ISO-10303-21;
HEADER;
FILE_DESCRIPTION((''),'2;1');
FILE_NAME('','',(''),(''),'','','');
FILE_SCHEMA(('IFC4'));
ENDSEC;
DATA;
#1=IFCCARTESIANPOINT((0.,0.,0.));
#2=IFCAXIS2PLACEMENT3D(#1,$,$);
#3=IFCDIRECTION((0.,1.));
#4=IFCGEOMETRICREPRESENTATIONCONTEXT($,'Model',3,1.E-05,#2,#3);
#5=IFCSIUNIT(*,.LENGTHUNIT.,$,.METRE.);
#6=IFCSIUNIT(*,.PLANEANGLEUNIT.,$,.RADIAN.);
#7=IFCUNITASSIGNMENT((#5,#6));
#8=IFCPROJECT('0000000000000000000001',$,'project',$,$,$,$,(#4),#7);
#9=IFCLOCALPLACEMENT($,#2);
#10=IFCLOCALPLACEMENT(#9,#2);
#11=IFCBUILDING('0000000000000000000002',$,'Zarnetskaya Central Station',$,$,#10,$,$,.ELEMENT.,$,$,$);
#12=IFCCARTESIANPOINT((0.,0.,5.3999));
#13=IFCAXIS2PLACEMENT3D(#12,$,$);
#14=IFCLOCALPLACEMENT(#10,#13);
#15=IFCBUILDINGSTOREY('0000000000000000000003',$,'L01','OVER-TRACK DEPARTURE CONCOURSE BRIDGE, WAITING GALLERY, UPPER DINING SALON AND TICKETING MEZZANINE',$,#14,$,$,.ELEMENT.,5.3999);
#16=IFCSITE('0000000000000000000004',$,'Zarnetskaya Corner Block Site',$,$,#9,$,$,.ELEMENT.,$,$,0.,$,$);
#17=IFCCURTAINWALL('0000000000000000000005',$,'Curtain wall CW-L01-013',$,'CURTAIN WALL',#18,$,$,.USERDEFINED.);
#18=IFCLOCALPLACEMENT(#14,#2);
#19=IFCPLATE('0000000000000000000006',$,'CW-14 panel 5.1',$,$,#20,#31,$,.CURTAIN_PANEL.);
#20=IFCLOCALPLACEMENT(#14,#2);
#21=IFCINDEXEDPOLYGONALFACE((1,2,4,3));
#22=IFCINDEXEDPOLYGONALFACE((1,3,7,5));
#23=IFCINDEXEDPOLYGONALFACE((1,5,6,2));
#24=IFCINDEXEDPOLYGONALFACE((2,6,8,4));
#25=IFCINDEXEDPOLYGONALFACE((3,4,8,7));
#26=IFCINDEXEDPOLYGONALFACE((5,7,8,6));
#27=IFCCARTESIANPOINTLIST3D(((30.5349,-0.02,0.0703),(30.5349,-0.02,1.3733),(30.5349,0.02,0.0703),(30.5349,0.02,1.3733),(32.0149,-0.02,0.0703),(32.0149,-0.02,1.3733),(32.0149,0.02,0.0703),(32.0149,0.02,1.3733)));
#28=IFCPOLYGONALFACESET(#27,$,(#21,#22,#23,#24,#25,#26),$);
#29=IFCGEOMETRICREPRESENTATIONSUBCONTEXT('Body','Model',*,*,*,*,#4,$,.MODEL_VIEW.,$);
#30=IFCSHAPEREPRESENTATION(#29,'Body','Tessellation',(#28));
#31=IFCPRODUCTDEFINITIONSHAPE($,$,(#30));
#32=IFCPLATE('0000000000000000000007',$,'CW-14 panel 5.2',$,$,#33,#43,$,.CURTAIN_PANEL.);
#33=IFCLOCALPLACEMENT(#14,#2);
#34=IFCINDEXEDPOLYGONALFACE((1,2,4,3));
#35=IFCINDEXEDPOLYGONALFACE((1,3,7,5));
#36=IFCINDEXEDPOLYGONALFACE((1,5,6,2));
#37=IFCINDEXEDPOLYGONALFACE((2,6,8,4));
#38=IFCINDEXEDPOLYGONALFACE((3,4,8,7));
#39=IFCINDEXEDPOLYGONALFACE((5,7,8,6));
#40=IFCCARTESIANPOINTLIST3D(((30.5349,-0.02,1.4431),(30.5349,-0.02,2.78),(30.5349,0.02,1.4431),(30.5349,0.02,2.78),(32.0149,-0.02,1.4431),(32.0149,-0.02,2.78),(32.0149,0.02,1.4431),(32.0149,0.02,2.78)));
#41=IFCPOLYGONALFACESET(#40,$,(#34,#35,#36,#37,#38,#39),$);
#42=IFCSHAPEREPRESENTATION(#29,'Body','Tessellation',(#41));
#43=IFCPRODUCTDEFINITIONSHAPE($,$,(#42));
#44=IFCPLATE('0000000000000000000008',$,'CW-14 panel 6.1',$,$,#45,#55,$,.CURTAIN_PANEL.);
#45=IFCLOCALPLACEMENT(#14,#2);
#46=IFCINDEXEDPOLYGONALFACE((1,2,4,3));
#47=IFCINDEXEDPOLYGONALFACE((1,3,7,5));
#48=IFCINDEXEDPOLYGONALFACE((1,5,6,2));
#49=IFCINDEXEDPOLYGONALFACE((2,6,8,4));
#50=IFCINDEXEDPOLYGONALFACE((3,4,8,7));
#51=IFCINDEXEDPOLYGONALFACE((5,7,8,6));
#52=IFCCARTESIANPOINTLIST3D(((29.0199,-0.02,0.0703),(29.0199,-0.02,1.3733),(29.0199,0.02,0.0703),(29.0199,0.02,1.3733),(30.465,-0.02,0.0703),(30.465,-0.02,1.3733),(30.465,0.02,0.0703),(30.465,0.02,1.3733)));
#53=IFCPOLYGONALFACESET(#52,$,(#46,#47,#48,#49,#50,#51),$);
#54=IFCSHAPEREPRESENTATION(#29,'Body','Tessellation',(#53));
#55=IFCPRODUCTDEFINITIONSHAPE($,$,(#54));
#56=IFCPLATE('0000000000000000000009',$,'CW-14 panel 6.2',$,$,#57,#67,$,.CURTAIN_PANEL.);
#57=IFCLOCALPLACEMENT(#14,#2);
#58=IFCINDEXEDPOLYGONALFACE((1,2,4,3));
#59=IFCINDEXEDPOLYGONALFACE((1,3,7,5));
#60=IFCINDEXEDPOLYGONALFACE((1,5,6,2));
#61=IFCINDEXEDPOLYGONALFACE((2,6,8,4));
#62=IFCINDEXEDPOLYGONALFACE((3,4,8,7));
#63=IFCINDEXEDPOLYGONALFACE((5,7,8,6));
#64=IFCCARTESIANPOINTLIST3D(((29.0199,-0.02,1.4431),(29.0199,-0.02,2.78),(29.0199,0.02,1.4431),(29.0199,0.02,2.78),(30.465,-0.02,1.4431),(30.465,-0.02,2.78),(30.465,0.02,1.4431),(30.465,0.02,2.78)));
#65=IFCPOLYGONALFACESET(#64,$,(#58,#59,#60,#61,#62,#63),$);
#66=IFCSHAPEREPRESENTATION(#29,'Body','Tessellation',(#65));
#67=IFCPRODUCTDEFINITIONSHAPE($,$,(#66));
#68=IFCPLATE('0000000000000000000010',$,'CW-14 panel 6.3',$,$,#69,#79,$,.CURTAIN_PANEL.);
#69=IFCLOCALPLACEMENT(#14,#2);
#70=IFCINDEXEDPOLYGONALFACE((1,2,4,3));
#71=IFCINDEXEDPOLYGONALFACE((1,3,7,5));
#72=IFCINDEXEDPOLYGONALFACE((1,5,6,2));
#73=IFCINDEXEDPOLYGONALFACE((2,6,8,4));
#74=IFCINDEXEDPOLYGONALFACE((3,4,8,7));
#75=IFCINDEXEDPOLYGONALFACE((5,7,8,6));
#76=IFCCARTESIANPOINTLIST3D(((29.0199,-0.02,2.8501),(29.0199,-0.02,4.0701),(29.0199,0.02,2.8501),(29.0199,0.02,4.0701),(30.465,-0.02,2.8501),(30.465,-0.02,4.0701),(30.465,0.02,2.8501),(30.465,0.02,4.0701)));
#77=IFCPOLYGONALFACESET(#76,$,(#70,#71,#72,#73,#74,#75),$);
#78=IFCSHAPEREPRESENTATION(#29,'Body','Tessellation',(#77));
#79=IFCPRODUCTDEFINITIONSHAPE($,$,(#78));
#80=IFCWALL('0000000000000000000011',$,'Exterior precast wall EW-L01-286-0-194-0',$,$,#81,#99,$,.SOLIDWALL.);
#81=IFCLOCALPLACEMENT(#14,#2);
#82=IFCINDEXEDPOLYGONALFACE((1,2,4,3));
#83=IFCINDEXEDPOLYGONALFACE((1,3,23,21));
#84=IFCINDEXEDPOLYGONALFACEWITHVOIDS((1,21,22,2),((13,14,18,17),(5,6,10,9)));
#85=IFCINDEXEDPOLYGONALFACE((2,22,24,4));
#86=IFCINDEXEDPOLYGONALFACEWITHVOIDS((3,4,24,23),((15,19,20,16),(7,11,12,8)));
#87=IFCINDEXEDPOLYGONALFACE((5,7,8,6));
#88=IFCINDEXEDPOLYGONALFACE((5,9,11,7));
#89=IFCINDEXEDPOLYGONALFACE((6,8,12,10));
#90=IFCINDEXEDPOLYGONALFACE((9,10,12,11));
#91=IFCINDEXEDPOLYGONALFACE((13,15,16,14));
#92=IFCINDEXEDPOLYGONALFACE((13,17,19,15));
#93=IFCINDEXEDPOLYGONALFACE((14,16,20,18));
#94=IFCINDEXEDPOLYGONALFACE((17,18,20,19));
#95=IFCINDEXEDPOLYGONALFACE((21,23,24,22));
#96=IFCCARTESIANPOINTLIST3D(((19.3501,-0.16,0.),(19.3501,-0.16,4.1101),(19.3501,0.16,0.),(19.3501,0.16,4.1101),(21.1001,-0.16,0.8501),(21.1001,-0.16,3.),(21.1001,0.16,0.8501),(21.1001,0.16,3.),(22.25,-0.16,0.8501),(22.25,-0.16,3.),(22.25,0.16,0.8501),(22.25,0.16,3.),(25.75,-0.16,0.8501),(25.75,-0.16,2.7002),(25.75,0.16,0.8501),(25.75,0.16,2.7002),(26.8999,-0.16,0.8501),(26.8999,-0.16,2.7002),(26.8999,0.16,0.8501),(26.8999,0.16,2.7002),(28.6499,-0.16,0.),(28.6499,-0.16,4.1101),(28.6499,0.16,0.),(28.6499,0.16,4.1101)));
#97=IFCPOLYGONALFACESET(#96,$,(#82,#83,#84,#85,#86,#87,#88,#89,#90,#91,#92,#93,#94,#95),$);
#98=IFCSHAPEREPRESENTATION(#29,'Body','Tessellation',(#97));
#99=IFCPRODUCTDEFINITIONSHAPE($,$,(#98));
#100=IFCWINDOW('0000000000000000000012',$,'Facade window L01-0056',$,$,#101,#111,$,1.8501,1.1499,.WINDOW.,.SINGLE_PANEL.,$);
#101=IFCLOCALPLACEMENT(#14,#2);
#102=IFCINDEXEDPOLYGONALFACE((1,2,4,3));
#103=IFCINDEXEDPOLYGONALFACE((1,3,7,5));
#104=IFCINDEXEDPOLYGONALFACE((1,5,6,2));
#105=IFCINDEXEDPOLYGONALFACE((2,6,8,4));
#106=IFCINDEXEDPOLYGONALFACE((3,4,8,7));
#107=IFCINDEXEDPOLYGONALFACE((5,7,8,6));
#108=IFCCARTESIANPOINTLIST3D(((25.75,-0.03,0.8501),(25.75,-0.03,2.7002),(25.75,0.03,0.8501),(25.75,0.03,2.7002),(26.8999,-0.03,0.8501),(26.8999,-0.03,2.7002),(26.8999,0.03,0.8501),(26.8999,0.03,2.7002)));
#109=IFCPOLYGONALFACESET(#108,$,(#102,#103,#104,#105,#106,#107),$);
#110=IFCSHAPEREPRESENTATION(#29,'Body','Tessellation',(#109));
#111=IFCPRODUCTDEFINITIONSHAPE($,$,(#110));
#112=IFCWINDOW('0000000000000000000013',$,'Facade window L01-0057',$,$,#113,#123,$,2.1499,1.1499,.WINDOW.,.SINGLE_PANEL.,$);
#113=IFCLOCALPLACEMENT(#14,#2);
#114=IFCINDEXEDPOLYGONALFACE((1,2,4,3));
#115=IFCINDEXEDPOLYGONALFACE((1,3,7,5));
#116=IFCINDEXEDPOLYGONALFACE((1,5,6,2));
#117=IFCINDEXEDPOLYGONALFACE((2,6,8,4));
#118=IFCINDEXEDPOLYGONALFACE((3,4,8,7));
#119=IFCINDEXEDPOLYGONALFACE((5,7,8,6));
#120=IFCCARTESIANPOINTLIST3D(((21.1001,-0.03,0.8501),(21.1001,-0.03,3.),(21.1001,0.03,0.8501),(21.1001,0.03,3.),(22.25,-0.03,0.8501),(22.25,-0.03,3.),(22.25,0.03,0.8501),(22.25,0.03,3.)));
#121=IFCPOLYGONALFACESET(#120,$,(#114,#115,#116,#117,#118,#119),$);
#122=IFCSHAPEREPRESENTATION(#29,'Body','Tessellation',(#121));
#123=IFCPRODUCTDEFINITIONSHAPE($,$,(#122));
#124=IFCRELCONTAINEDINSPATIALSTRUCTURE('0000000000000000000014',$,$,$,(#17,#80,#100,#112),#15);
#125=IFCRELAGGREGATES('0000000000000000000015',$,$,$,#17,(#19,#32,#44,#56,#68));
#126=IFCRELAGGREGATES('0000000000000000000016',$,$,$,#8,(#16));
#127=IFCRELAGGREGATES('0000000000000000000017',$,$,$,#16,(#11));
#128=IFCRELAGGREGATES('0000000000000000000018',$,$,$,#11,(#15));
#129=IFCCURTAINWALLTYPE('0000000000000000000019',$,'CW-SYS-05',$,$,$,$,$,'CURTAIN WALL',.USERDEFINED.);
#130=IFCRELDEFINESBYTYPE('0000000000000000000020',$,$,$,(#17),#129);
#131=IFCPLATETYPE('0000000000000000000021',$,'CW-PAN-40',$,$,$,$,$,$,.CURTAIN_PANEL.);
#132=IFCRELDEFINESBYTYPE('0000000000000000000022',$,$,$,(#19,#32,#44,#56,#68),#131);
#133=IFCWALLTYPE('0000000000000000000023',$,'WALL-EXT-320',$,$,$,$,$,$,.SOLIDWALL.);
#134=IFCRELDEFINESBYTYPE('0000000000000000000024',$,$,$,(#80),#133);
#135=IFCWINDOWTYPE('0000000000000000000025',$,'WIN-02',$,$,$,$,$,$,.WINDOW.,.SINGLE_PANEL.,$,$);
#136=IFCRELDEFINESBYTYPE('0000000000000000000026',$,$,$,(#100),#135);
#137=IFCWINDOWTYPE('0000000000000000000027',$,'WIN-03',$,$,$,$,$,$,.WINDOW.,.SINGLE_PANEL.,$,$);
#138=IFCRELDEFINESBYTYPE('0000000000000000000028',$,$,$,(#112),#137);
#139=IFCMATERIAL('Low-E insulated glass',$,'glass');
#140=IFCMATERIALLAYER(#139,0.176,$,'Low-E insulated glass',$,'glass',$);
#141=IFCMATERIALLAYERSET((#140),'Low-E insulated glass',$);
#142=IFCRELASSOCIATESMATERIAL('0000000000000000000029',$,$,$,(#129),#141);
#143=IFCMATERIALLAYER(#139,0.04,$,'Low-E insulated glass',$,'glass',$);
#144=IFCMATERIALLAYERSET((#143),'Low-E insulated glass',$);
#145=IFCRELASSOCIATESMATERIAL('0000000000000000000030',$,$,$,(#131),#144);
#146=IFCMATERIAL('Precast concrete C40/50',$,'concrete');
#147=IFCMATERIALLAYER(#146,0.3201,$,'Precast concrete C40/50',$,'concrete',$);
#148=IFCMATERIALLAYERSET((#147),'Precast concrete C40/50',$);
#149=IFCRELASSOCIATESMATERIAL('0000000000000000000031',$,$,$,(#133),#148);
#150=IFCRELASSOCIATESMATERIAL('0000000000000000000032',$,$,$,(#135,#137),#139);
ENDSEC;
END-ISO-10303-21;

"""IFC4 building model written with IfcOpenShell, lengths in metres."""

from ifc_helpers import new_model, si_unit, direction, frame, frame_2d, origin, origin_2d, place, context, subcontext, project, spatial, rectangle, extrude, material, layer, layer_set, type_object, element, fill, aggregate, save


model = new_model("IFC4")

# Units and contexts
model_context = context("Model", 3, precision=1e-05, world=origin(), true_north=direction((0.0, 1.0)))
body_context = subcontext(model_context, "Body", "Model", "MODEL_VIEW")
ifc_project = project(units=[si_unit("LENGTHUNIT", "METRE"), si_unit("PLANEANGLEUNIT", "RADIAN")], contexts=[model_context])

# Site, building, storey
site_placement = place(None, origin())
site = spatial("IfcSite", under=ifc_project, at=site_placement, Name="Zarnetskaya Corner Block Site", CompositionType="ELEMENT", RefElevation=0.0)
building_placement = place(site_placement, origin())
building = spatial("IfcBuilding", under=site, at=building_placement, Name="Zarnetskaya Central Station", CompositionType="ELEMENT")
storey_placement = place(building_placement, frame((0.0, 0.0, 5.3999)))
storey = spatial("IfcBuildingStorey", under=building, at=storey_placement, Name="L01", Description="OVER-TRACK DEPARTURE CONCOURSE BRIDGE, WAITING GALLERY, UPPER DINING SALON AND TICKETING MEZZANINE", CompositionType="ELEMENT", Elevation=5.3999)

# Curtain wall
ifc_material_1 = material(Name="Low-E insulated glass", Category="glass")
ifc_layer_1 = layer(ifc_material_1, 0.176, Name="Low-E insulated glass", Category="glass")
ifc_layer_set_1 = layer_set([ifc_layer_1], Name="Low-E insulated glass")
curtain_wall_type_1 = type_object("IfcCurtainWallType", Name="CW-SYS-05", ElementType="CURTAIN WALL", PredefinedType="USERDEFINED", material=ifc_layer_set_1)
curtain_wall_1_placement = place(storey_placement, origin())
curtain_wall_1 = element("IfcCurtainWall", 1, at=curtain_wall_1_placement, inside=storey, type_object=curtain_wall_type_1, Name="Curtain wall CW-L01-013", ObjectType="CURTAIN WALL", PredefinedType="USERDEFINED")

# Plates
ifc_layer_2 = layer(ifc_material_1, 0.04, Name="Low-E insulated glass", Category="glass")
ifc_layer_set_2 = layer_set([ifc_layer_2], Name="Low-E insulated glass")
plate_type = type_object("IfcPlateType", Name="CW-PAN-40", PredefinedType="CURTAIN_PANEL", material=ifc_layer_set_2)
plate_1_placement = place(storey_placement, frame((31.2749, 0.0, 0.0703), z_axis=(0.0, 0.0, 1.0), x_axis=(-1.0, 0.0, 0.0)))
plate_1 = element("IfcPlate", 2, at=plate_1_placement, type_object=plate_type, Name="CW-14 panel 5.1", PredefinedType="CURTAIN_PANEL", context=body_context, shape_type="SweptSolid", body=[
    extrude(rectangle(XDim=1.48, YDim=0.04, at=origin_2d()), origin(), (0.0, 0.0, 1.0), 1.303),
])
plate_2_placement = place(storey_placement, frame((31.2749, 0.0, 1.4431), z_axis=(0.0, 0.0, 1.0), x_axis=(-1.0, 0.0, 0.0)))
plate_2 = element("IfcPlate", 3, at=plate_2_placement, type_object=plate_type, Name="CW-14 panel 5.2", PredefinedType="CURTAIN_PANEL", context=body_context, shape_type="SweptSolid", body=[
    extrude(rectangle(XDim=1.48, YDim=0.04, at=origin_2d()), origin(), (0.0, 0.0, 1.0), 1.3369),
])
plate_3_placement = place(storey_placement, frame((29.7424, 0.0, 0.0703), z_axis=(0.0, 0.0, 1.0), x_axis=(-1.0, 0.0, 0.0)))
plate_3 = element("IfcPlate", 4, at=plate_3_placement, type_object=plate_type, Name="CW-14 panel 6.1", PredefinedType="CURTAIN_PANEL", context=body_context, shape_type="SweptSolid", body=[
    extrude(rectangle(XDim=1.4451, YDim=0.04, at=origin_2d()), origin(), (0.0, 0.0, 1.0), 1.303),
])
plate_4_placement = place(storey_placement, frame((29.7424, 0.0, 1.4431), z_axis=(0.0, 0.0, 1.0), x_axis=(-1.0, 0.0, 0.0)))
plate_4 = element("IfcPlate", 5, at=plate_4_placement, type_object=plate_type, Name="CW-14 panel 6.2", PredefinedType="CURTAIN_PANEL", context=body_context, shape_type="SweptSolid", body=[
    extrude(rectangle(XDim=1.4451, YDim=0.04, at=origin_2d()), origin(), (0.0, 0.0, 1.0), 1.3369),
])
plate_5_placement = place(storey_placement, frame((29.7424, 0.0, 2.8501), z_axis=(0.0, 0.0, 1.0), x_axis=(-1.0, 0.0, 0.0)))
plate_5 = element("IfcPlate", 6, at=plate_5_placement, type_object=plate_type, Name="CW-14 panel 6.3", PredefinedType="CURTAIN_PANEL", context=body_context, shape_type="SweptSolid", body=[
    extrude(rectangle(XDim=1.4451, YDim=0.04, at=origin_2d()), origin(), (0.0, 0.0, 1.0), 1.22),
])
aggregate(curtain_wall_1, [plate_1, plate_2, plate_3, plate_4, plate_5])

# Wall, openings, windows
ifc_material_2 = material(Name="Precast concrete C40/50", Category="concrete")
ifc_layer_3 = layer(ifc_material_2, 0.3201, Name="Precast concrete C40/50", Category="concrete")
ifc_layer_set_3 = layer_set([ifc_layer_3], Name="Precast concrete C40/50")
wall_type = type_object("IfcWallType", Name="WALL-EXT-320", PredefinedType="SOLIDWALL", material=ifc_layer_set_3)
wall_placement = place(storey_placement, frame((28.6499, 0.0, 0.0), z_axis=(0.0, 0.0, 1.0), x_axis=(-1.0, 0.0, 0.0)))
wall = element("IfcWall", 7, at=wall_placement, inside=storey, type_object=wall_type, Name="Exterior precast wall EW-L01-286-0-194-0", PredefinedType="SOLIDWALL", context=body_context, shape_type="SweptSolid", body=[
    extrude(rectangle(XDim=9.2998, YDim=0.3201, at=frame_2d((4.6499, 0.0))), origin(), (0.0, 0.0, 1.0), 4.1101),
])
opening_1_placement = place(wall_placement, frame((1.75, 0.0, 0.8501)))
opening_1 = element("IfcOpeningElement", 8, at=opening_1_placement, cuts=wall, PredefinedType="OPENING", context=body_context, shape_type="SweptSolid", body=[
    extrude(rectangle(XDim=1.1499, YDim=1.8501, at=frame_2d((0.575, 0.925))), frame((0.0, 0.1699, 0.0), z_axis=(0.0, -1.0, 0.0), x_axis=(1.0, 0.0, 0.0)), (0.0, 0.0, 1.0), 0.3401),
])
opening_2_placement = place(wall_placement, frame((6.3999, 0.0, 0.8501)))
opening_2 = element("IfcOpeningElement", 9, at=opening_2_placement, cuts=wall, PredefinedType="OPENING", context=body_context, shape_type="SweptSolid", body=[
    extrude(rectangle(XDim=1.1499, YDim=2.1499, at=frame_2d((0.575, 1.075))), frame((0.0, 0.1699, 0.0), z_axis=(0.0, -1.0, 0.0), x_axis=(1.0, 0.0, 0.0)), (0.0, 0.0, 1.0), 0.3401),
])
window_type_1 = type_object("IfcWindowType", Name="WIN-02", PartitioningType="SINGLE_PANEL", PredefinedType="WINDOW", material=ifc_material_1)
window_1_placement = place(opening_1_placement, origin())
window_1 = element("IfcWindow", 10, at=window_1_placement, inside=storey, type_object=window_type_1, Name="Facade window L01-0056", OverallHeight=1.8501, OverallWidth=1.1499, PartitioningType="SINGLE_PANEL", PredefinedType="WINDOW", context=body_context, shape_type="SweptSolid", body=[
    extrude(rectangle(XDim=1.1499, YDim=1.8501, at=frame_2d((0.575, 0.925))), frame((0.0, 0.03, 0.0), z_axis=(0.0, -1.0, 0.0), x_axis=(1.0, 0.0, 0.0)), (0.0, 0.0, 1.0), 0.0601),
])
fill(opening_1, window_1)
window_type_2 = type_object("IfcWindowType", Name="WIN-03", PartitioningType="SINGLE_PANEL", PredefinedType="WINDOW", material=ifc_material_1)
window_2_placement = place(opening_2_placement, origin())
window_2 = element("IfcWindow", 11, at=window_2_placement, inside=storey, type_object=window_type_2, Name="Facade window L01-0057", OverallHeight=2.1499, OverallWidth=1.1499, PartitioningType="SINGLE_PANEL", PredefinedType="WINDOW", context=body_context, shape_type="SweptSolid", body=[
    extrude(rectangle(XDim=1.1499, YDim=2.1499, at=frame_2d((0.575, 1.075))), frame((0.0, 0.03, 0.0), z_axis=(0.0, -1.0, 0.0), x_axis=(1.0, 0.0, 0.0)), (0.0, 0.0, 1.0), 0.0601),
])
fill(opening_2, window_2)

save(model, "model.ifc")
